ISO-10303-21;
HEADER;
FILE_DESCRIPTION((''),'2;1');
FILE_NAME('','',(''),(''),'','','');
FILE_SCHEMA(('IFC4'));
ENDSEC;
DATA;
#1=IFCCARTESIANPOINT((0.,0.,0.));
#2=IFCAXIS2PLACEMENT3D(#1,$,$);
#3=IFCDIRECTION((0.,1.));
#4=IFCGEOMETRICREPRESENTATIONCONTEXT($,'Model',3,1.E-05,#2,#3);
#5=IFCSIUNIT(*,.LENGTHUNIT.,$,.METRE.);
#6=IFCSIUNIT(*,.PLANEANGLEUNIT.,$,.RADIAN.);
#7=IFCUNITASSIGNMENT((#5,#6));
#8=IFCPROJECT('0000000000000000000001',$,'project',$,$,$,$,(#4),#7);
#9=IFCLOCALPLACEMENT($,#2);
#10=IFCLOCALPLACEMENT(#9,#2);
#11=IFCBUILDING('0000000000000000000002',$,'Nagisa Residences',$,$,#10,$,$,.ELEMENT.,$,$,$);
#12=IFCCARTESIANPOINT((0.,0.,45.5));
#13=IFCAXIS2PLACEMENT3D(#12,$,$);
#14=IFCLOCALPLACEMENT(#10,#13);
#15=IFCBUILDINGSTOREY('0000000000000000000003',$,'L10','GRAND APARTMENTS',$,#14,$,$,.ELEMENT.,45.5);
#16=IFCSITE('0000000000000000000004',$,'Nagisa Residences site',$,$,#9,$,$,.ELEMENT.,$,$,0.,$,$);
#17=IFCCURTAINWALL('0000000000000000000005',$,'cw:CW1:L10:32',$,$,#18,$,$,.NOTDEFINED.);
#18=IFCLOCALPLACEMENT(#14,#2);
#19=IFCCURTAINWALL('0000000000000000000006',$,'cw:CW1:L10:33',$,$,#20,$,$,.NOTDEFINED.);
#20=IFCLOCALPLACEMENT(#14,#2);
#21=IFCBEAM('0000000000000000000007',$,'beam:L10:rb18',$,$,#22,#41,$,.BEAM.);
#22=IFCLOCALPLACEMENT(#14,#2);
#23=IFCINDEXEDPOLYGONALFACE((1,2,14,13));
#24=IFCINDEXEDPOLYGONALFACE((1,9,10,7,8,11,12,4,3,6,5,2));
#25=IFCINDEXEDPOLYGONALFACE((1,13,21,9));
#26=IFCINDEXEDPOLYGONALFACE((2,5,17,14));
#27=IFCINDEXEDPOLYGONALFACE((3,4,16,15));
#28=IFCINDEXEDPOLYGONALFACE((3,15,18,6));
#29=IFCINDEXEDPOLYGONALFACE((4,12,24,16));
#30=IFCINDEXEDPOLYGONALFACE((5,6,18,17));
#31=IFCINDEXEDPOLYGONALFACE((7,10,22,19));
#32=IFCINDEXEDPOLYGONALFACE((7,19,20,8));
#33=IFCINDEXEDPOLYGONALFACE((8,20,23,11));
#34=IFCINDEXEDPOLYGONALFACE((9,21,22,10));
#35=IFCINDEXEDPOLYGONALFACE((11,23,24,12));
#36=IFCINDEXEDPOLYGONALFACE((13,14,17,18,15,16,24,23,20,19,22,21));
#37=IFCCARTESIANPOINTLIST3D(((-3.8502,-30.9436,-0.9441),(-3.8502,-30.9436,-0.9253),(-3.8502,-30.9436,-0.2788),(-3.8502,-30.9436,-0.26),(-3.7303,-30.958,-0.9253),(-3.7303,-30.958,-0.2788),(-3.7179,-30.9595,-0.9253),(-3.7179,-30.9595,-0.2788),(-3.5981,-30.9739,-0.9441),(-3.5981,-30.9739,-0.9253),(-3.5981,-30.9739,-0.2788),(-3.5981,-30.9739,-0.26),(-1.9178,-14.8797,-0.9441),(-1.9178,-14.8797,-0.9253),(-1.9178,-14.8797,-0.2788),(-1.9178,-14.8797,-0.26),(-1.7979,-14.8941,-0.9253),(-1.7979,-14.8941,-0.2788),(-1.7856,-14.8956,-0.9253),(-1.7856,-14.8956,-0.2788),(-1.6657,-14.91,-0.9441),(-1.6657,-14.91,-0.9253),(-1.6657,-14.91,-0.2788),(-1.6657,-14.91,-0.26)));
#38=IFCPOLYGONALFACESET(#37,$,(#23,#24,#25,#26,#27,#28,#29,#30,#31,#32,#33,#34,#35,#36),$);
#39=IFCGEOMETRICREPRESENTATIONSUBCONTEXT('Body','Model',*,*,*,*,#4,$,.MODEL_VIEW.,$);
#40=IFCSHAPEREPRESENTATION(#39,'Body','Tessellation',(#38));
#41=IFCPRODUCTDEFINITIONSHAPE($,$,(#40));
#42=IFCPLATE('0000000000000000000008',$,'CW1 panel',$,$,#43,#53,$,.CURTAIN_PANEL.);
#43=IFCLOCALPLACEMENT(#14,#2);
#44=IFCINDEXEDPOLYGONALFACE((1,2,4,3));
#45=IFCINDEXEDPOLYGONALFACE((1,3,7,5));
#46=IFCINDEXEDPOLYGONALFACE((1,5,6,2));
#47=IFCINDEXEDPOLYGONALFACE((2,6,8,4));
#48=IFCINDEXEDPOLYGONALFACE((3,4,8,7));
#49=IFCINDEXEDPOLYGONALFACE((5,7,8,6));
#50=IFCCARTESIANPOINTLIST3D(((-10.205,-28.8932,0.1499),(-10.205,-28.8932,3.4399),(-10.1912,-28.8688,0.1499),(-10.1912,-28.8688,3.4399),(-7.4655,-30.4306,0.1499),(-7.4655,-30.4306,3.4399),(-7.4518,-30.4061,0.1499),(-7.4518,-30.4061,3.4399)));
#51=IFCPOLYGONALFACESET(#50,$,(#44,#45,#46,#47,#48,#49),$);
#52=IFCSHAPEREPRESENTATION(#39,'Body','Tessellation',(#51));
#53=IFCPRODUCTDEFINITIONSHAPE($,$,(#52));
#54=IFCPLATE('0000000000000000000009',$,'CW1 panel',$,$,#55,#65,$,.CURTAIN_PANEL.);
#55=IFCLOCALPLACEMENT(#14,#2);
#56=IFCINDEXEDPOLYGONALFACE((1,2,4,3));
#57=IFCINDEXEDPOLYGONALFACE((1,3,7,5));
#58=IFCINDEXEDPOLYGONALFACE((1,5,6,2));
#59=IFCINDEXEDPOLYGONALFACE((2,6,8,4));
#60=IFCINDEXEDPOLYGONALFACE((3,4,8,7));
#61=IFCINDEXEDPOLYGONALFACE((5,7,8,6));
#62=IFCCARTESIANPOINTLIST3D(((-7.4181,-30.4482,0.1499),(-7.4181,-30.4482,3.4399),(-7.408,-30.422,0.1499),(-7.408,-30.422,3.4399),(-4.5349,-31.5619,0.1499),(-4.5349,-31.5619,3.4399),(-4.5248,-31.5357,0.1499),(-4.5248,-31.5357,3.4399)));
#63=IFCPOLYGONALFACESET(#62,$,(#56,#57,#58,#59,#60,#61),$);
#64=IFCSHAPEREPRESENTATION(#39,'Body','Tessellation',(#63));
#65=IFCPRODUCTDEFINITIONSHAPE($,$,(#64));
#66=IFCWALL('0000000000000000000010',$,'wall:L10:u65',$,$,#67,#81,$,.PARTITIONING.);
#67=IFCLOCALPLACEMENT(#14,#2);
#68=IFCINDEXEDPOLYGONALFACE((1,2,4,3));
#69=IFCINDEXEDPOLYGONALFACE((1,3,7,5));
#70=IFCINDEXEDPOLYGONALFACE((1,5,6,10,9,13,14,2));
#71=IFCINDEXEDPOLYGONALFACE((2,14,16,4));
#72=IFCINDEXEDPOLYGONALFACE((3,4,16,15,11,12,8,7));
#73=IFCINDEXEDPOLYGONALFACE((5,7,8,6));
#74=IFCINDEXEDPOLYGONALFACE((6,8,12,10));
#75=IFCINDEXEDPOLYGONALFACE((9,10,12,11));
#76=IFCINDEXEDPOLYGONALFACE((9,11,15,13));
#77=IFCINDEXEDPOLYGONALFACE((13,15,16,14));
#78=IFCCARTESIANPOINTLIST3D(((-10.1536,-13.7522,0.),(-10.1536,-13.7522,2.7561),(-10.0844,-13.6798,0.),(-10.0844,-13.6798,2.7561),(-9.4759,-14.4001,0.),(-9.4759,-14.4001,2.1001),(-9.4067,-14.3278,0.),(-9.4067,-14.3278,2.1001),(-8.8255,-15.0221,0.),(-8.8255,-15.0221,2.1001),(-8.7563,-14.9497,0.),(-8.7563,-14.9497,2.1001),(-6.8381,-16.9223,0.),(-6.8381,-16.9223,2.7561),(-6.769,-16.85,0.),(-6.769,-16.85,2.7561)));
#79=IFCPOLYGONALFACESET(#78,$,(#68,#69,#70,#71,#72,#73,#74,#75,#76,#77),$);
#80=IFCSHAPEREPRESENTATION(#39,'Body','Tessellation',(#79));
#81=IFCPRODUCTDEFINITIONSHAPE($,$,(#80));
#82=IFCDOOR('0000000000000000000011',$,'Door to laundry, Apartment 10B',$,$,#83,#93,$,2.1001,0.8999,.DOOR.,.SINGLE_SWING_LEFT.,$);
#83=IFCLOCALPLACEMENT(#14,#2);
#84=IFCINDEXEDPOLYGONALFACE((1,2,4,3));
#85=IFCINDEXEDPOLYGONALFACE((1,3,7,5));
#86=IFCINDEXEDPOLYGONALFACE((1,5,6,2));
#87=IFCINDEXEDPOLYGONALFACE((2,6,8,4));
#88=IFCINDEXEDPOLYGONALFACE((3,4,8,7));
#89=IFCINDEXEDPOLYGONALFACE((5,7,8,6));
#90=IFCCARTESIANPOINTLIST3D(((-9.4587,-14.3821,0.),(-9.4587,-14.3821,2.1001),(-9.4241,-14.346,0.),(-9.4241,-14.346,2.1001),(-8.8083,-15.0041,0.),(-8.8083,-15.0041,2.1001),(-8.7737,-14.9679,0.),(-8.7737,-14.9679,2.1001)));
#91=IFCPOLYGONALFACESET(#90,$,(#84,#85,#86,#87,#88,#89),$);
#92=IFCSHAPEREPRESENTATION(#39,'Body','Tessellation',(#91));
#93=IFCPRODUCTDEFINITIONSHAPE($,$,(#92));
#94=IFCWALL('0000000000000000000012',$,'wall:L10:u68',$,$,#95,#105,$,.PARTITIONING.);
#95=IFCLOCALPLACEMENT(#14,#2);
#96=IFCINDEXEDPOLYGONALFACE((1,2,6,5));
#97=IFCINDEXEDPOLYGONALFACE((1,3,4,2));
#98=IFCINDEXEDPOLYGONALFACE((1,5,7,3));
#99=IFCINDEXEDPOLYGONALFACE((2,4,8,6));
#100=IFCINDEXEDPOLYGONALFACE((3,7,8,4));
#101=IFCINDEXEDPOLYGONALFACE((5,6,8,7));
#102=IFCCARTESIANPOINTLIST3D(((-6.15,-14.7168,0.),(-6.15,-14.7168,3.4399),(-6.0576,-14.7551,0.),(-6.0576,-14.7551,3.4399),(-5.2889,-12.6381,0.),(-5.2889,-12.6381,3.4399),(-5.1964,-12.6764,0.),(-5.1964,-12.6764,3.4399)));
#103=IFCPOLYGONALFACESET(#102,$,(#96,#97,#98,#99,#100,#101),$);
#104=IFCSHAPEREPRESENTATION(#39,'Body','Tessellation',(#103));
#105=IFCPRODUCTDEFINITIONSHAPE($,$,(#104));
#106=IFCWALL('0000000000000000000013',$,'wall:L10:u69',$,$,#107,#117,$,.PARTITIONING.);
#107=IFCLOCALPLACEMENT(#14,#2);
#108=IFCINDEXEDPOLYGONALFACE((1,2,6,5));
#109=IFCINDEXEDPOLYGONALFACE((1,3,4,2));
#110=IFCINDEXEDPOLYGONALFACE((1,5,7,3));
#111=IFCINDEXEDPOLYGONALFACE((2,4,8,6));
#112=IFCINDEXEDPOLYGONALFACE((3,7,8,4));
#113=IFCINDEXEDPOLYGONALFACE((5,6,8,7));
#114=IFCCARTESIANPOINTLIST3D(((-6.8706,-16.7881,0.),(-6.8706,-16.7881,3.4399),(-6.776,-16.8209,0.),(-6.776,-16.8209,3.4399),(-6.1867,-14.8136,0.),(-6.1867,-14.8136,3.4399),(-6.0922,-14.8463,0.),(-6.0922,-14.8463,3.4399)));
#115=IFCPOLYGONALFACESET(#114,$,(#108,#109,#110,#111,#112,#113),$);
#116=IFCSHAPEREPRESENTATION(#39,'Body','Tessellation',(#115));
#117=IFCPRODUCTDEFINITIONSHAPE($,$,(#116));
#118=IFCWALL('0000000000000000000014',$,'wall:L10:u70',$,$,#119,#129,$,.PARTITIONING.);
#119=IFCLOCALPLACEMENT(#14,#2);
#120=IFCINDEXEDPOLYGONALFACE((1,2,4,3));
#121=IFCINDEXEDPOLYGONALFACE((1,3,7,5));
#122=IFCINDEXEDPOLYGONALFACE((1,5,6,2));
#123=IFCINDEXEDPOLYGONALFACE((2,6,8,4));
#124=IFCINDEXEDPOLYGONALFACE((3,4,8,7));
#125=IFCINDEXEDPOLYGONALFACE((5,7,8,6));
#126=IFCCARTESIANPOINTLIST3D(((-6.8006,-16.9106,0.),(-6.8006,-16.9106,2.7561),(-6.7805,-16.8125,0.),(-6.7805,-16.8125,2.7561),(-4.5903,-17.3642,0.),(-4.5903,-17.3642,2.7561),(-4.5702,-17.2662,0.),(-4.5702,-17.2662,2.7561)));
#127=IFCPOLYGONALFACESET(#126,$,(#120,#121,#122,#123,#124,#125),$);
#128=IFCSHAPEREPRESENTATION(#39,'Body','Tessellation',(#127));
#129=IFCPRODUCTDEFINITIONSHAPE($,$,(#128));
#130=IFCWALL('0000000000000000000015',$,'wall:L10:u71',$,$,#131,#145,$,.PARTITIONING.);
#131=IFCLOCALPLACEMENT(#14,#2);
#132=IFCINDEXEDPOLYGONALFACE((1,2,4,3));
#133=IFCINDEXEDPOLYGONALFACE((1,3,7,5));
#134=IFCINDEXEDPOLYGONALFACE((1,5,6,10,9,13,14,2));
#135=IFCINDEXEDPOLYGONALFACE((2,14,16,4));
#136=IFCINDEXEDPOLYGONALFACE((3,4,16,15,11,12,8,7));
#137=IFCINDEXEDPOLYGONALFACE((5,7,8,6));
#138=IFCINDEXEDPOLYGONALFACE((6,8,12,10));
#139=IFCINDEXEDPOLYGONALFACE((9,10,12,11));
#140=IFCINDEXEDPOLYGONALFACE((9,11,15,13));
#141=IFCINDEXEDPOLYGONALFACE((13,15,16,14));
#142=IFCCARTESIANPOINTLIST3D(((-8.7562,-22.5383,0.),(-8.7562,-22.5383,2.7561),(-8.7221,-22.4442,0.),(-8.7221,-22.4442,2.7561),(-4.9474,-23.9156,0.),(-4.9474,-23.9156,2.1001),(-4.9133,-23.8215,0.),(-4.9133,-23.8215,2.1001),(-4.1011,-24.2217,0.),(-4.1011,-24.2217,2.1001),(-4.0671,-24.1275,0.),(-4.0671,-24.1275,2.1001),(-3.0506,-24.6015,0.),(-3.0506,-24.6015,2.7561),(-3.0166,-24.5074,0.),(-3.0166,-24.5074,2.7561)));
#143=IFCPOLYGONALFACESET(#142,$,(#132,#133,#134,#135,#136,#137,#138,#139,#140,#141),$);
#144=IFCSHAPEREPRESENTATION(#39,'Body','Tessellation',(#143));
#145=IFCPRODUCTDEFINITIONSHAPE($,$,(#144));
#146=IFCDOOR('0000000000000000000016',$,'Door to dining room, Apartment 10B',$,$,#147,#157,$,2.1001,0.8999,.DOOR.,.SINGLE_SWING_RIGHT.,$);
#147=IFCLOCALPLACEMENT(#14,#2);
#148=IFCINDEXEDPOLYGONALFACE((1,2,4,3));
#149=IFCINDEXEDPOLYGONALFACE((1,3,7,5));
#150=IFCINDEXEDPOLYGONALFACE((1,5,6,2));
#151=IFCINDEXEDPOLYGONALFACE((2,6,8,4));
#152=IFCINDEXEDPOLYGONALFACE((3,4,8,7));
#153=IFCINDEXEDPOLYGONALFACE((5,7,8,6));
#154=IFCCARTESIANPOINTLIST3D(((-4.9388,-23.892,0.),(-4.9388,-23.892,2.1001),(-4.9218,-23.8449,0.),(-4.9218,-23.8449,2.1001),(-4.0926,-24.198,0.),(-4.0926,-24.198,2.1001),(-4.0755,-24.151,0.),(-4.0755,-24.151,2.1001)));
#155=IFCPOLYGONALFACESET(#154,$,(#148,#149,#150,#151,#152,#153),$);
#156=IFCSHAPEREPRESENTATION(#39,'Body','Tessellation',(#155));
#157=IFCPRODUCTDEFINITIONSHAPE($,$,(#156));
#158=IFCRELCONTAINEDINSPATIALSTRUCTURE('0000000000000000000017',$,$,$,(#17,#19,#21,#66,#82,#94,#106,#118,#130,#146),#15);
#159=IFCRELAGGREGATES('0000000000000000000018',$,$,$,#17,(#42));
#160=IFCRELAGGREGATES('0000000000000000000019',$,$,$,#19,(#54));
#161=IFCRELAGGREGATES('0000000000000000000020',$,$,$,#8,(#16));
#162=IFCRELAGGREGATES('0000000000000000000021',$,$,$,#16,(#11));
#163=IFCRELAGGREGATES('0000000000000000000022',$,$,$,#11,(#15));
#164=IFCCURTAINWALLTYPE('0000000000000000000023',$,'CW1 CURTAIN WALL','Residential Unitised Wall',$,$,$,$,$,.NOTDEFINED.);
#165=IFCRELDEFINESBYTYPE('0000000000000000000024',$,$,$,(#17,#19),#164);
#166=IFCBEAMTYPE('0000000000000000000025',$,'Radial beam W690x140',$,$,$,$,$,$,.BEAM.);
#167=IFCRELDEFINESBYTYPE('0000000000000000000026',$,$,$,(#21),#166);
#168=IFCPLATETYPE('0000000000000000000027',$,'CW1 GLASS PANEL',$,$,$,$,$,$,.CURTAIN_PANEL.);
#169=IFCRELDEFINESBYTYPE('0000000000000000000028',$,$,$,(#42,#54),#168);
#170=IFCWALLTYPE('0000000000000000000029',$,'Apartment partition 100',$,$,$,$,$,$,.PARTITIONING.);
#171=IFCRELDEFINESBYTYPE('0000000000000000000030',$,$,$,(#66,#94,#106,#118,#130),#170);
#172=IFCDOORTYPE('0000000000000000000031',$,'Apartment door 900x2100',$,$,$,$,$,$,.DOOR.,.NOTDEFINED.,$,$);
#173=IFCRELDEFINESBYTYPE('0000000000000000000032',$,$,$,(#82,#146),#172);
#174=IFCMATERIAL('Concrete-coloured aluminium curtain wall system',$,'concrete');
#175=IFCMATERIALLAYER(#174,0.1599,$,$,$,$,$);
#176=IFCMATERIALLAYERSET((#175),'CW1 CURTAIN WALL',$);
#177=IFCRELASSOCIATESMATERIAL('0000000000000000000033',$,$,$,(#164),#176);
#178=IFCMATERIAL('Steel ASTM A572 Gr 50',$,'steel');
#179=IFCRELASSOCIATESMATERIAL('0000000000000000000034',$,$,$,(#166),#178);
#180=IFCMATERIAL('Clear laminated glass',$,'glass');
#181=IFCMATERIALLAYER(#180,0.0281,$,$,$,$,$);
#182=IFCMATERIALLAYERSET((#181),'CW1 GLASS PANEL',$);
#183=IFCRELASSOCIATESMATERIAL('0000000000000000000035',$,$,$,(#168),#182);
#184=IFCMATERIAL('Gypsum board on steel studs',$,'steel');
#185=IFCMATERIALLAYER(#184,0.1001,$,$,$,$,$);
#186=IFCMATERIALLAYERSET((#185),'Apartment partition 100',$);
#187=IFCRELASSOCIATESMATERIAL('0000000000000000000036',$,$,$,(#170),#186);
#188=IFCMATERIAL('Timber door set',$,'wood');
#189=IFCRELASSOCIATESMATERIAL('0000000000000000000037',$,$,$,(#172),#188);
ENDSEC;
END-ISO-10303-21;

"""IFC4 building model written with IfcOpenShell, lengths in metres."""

from ifc_helpers import new_model, si_unit, direction, frame, frame_2d, origin, origin_2d, place, context, subcontext, project, spatial, rectangle, i_section, extrude, material, layer, layer_set, material_profile, profile_set, type_object, element, fill, aggregate, save


model = new_model("IFC4")

# Units and contexts
model_context = context("Model", 3, precision=1e-05, world=origin(), true_north=direction((0.0, 1.0)))
body_context = subcontext(model_context, "Body", "Model", "MODEL_VIEW")
ifc_project = project(units=[si_unit("LENGTHUNIT", "METRE"), si_unit("PLANEANGLEUNIT", "RADIAN")], contexts=[model_context])

# Site, building, storey
site_placement = place(None, origin())
site = spatial("IfcSite", under=ifc_project, at=site_placement, Name="Nagisa Residences site", CompositionType="ELEMENT", RefElevation=0.0)
building_placement = place(site_placement, origin())
building = spatial("IfcBuilding", under=site, at=building_placement, Name="Nagisa Residences", CompositionType="ELEMENT")
storey_placement = place(building_placement, frame((0.0, 0.0, 45.5)))
storey = spatial("IfcBuildingStorey", under=building, at=storey_placement, Name="L10", Description="GRAND APARTMENTS", CompositionType="ELEMENT", Elevation=45.5)

# Curtain walls
ifc_material_1 = material(Name="Concrete-coloured aluminium curtain wall system", Category="concrete")
ifc_layer_1 = layer(ifc_material_1, 0.1599)
ifc_layer_set_1 = layer_set([ifc_layer_1], Name="CW1 CURTAIN WALL")
curtain_wall_type = type_object("IfcCurtainWallType", Name="CW1 CURTAIN WALL", Description="Residential Unitised Wall", PredefinedType="NOTDEFINED", material=ifc_layer_set_1)
curtain_wall_1_placement = place(storey_placement, origin())
curtain_wall_1 = element("IfcCurtainWall", 1, at=curtain_wall_1_placement, inside=storey, type_object=curtain_wall_type, Name="cw:CW1:L10:32", PredefinedType="NOTDEFINED")
curtain_wall_2_placement = place(storey_placement, origin())
curtain_wall_2 = element("IfcCurtainWall", 2, at=curtain_wall_2_placement, inside=storey, type_object=curtain_wall_type, Name="cw:CW1:L10:33", PredefinedType="NOTDEFINED")

# Beam
ifc_material_2 = material(Name="Steel ASTM A572 Gr 50", Category="steel")
ifc_material_profile_1 = material_profile(ifc_material_2, i_section(OverallWidth=0.2539, OverallDepth=0.6841, WebThickness=0.0125, FlangeThickness=0.0188, at=origin_2d()), Name="W690x140")
ifc_profile_set_1 = profile_set([ifc_material_profile_1], Name="Steel ASTM A572 Gr 50")
beam_type_1 = type_object("IfcBeamType", Name="Radial beam W690x140", PredefinedType="BEAM", material=ifc_profile_set_1)
beam_1_placement = place(storey_placement, frame((-3.7241, -30.9587, -0.6021), z_axis=(0.119431, 0.992842, 0.0), x_axis=(-0.992842, 0.119431, 0.0)))
element("IfcBeam", 3, at=beam_1_placement, inside=storey, type_object=beam_type_1, Name="beam:L10:rb18", PredefinedType="BEAM", context=body_context, shape_type="SweptSolid", body=[
    extrude(i_section(OverallWidth=0.2539, OverallDepth=0.6841, WebThickness=0.0125, FlangeThickness=0.0188, at=origin_2d()), origin(), (0.0, 0.0, 1.0), 16.1797),
])

# Plates
ifc_material_3 = material(Name="Clear laminated glass", Category="glass")
ifc_layer_2 = layer(ifc_material_3, 0.0281)
ifc_layer_set_2 = layer_set([ifc_layer_2], Name="CW1 GLASS PANEL")
plate_type = type_object("IfcPlateType", Name="CW1 GLASS PANEL", PredefinedType="CURTAIN_PANEL", material=ifc_layer_set_2)
plate_1_placement = place(storey_placement, frame((-8.8284, -29.6497, 0.1499), z_axis=(0.0, 0.0, 1.0), x_axis=(0.872072, -0.489377, 0.0)))
plate_1 = element("IfcPlate", 4, at=plate_1_placement, type_object=plate_type, Name="CW1 panel", PredefinedType="CURTAIN_PANEL", context=body_context, shape_type="SweptSolid", body=[
    extrude(rectangle(XDim=3.1414, YDim=0.0281, at=origin_2d()), origin(), (0.0, 0.0, 1.0), 3.29),
])
aggregate(curtain_wall_1, [plate_1])
plate_2_placement = place(storey_placement, frame((-5.9714, -30.9919, 0.1499), z_axis=(0.0, 0.0, 1.0), x_axis=(0.932826, -0.360328, 0.0)))
plate_2 = element("IfcPlate", 5, at=plate_2_placement, type_object=plate_type, Name="CW1 panel", PredefinedType="CURTAIN_PANEL", context=body_context, shape_type="SweptSolid", body=[
    extrude(rectangle(XDim=3.0908, YDim=0.0281, at=origin_2d()), origin(), (0.0, 0.0, 1.0), 3.29),
])
aggregate(curtain_wall_2, [plate_2])

# Wall, opening, door
ifc_material_4 = material(Name="Gypsum board on steel studs", Category="steel")
ifc_layer_3 = layer(ifc_material_4, 0.1001)
ifc_layer_set_3 = layer_set([ifc_layer_3], Name="Apartment partition 100")
wall_type_1 = type_object("IfcWallType", Name="Apartment partition 100", PredefinedType="PARTITIONING", material=ifc_layer_set_3)
wall_1_placement = place(storey_placement, frame((-10.1189, -13.7161, 0.0), z_axis=(0.0, 0.0, 1.0), x_axis=(0.722763, -0.691096, 0.0)))
wall_1 = element("IfcWall", 6, at=wall_1_placement, inside=storey, type_object=wall_type_1, Name="wall:L10:u65", PredefinedType="PARTITIONING", context=body_context, shape_type="SweptSolid", body=[
    extrude(rectangle(XDim=4.5872, YDim=0.1001, at=frame_2d((2.2935, 0.0))), origin(), (0.0, 0.0, 1.0), 2.7561),
])
opening_1_placement = place(wall_1_placement, frame((0.9375, 0.0, 0.0)))
opening_1 = element("IfcOpeningElement", 7, at=opening_1_placement, cuts=wall_1, PredefinedType="OPENING", context=body_context, shape_type="SweptSolid", body=[
    extrude(rectangle(XDim=0.8999, YDim=2.1001, at=frame_2d((0.45, 1.05))), frame((0.0, 0.0601, 0.0), z_axis=(0.0, -1.0, 0.0), x_axis=(1.0, 0.0, 0.0)), (0.0, 0.0, 1.0), 0.1201),
])
ifc_material_5 = material(Name="Timber door set", Category="wood")
door_type_1 = type_object("IfcDoorType", Name="Apartment door 900x2100", OperationType="NOTDEFINED", PredefinedType="DOOR", material=ifc_material_5)
door_1_placement = place(opening_1_placement, origin())
door_1 = element("IfcDoor", 8, at=door_1_placement, inside=storey, type_object=door_type_1, Name="Door to laundry, Apartment 10B", OperationType="SINGLE_SWING_LEFT", OverallHeight=2.1001, OverallWidth=0.8999, PredefinedType="DOOR", context=body_context, shape_type="SweptSolid", body=[
    extrude(rectangle(XDim=0.8999, YDim=2.1001, at=frame_2d((0.45, 1.05))), frame((0.0, 0.0249, 0.0), z_axis=(0.0, -1.0, 0.0), x_axis=(1.0, 0.0, 0.0)), (0.0, 0.0, 1.0), 0.05),
])
fill(opening_1, door_1)

# Walls
wall_2_placement = place(storey_placement, frame((-5.2427, -12.6572, 0.0), z_axis=(0.0, 0.0, 1.0), x_axis=(-0.382719, -0.923865, 0.0)))
element("IfcWall", 9, at=wall_2_placement, inside=storey, type_object=wall_type_1, Name="wall:L10:u68", PredefinedType="PARTITIONING", context=body_context, shape_type="SweptSolid", body=[
    extrude(rectangle(XDim=2.25, YDim=0.1001, at=frame_2d((1.125, 0.0))), origin(), (0.0, 0.0, 1.0), 3.4399),
])
wall_3_placement = place(storey_placement, frame((-6.1394, -14.8298, 0.0), z_axis=(0.0, 0.0, 1.0), x_axis=(-0.327247, -0.944939, 0.0)))
element("IfcWall", 10, at=wall_3_placement, inside=storey, type_object=wall_type_1, Name="wall:L10:u69", PredefinedType="PARTITIONING", context=body_context, shape_type="SweptSolid", body=[
    extrude(rectangle(XDim=2.0896, YDim=0.1001, at=frame_2d((1.0449, 0.0))), origin(), (0.0, 0.0, 1.0), 3.4399),
])
wall_4_placement = place(storey_placement, frame((-6.7905, -16.8616, 0.0), z_axis=(0.0, 0.0, 1.0), x_axis=(0.979582, -0.201045, 0.0)))
element("IfcWall", 11, at=wall_4_placement, inside=storey, type_object=wall_type_1, Name="wall:L10:u70", PredefinedType="PARTITIONING", context=body_context, shape_type="SweptSolid", body=[
    extrude(rectangle(XDim=2.2563, YDim=0.1001, at=frame_2d((1.1282, 0.0))), origin(), (0.0, 0.0, 1.0), 2.7561),
])

# Wall, opening, door
wall_5_placement = place(storey_placement, frame((-8.7393, -22.4912, 0.0), z_axis=(0.0, 0.0, 1.0), x_axis=(0.940402, -0.340066, 0.0)))
wall_5 = element("IfcWall", 12, at=wall_5_placement, inside=storey, type_object=wall_type_1, Name="wall:L10:u71", PredefinedType="PARTITIONING", context=body_context, shape_type="SweptSolid", body=[
    extrude(rectangle(XDim=6.0671, YDim=0.1001, at=frame_2d((3.0337, 0.0))), origin(), (0.0, 0.0, 1.0), 2.7561),
])
opening_2_placement = place(wall_5_placement, frame((4.0503, 0.0, 0.0)))
opening_2 = element("IfcOpeningElement", 13, at=opening_2_placement, cuts=wall_5, PredefinedType="OPENING", context=body_context, shape_type="SweptSolid", body=[
    extrude(rectangle(XDim=0.8999, YDim=2.1001, at=frame_2d((0.45, 1.05))), frame((0.0, 0.0601, 0.0), z_axis=(0.0, -1.0, 0.0), x_axis=(1.0, 0.0, 0.0)), (0.0, 0.0, 1.0), 0.1201),
])
door_2_placement = place(opening_2_placement, frame((0.8999, 0.0, 0.0), x_axis=(-1.0, 0.0, 0.0)))
door_2 = element("IfcDoor", 14, at=door_2_placement, inside=storey, type_object=door_type_1, Name="Door to dining room, Apartment 10B", OperationType="SINGLE_SWING_RIGHT", OverallHeight=2.1001, OverallWidth=0.8999, PredefinedType="DOOR", context=body_context, shape_type="SweptSolid", body=[
    extrude(rectangle(XDim=0.8999, YDim=2.1001, at=frame_2d((0.45, 1.05))), frame((0.0, 0.0249, 0.0), z_axis=(0.0, -1.0, 0.0), x_axis=(1.0, 0.0, 0.0)), (0.0, 0.0, 1.0), 0.05),
])
fill(opening_2, door_2)

save(model, "model.ifc")
